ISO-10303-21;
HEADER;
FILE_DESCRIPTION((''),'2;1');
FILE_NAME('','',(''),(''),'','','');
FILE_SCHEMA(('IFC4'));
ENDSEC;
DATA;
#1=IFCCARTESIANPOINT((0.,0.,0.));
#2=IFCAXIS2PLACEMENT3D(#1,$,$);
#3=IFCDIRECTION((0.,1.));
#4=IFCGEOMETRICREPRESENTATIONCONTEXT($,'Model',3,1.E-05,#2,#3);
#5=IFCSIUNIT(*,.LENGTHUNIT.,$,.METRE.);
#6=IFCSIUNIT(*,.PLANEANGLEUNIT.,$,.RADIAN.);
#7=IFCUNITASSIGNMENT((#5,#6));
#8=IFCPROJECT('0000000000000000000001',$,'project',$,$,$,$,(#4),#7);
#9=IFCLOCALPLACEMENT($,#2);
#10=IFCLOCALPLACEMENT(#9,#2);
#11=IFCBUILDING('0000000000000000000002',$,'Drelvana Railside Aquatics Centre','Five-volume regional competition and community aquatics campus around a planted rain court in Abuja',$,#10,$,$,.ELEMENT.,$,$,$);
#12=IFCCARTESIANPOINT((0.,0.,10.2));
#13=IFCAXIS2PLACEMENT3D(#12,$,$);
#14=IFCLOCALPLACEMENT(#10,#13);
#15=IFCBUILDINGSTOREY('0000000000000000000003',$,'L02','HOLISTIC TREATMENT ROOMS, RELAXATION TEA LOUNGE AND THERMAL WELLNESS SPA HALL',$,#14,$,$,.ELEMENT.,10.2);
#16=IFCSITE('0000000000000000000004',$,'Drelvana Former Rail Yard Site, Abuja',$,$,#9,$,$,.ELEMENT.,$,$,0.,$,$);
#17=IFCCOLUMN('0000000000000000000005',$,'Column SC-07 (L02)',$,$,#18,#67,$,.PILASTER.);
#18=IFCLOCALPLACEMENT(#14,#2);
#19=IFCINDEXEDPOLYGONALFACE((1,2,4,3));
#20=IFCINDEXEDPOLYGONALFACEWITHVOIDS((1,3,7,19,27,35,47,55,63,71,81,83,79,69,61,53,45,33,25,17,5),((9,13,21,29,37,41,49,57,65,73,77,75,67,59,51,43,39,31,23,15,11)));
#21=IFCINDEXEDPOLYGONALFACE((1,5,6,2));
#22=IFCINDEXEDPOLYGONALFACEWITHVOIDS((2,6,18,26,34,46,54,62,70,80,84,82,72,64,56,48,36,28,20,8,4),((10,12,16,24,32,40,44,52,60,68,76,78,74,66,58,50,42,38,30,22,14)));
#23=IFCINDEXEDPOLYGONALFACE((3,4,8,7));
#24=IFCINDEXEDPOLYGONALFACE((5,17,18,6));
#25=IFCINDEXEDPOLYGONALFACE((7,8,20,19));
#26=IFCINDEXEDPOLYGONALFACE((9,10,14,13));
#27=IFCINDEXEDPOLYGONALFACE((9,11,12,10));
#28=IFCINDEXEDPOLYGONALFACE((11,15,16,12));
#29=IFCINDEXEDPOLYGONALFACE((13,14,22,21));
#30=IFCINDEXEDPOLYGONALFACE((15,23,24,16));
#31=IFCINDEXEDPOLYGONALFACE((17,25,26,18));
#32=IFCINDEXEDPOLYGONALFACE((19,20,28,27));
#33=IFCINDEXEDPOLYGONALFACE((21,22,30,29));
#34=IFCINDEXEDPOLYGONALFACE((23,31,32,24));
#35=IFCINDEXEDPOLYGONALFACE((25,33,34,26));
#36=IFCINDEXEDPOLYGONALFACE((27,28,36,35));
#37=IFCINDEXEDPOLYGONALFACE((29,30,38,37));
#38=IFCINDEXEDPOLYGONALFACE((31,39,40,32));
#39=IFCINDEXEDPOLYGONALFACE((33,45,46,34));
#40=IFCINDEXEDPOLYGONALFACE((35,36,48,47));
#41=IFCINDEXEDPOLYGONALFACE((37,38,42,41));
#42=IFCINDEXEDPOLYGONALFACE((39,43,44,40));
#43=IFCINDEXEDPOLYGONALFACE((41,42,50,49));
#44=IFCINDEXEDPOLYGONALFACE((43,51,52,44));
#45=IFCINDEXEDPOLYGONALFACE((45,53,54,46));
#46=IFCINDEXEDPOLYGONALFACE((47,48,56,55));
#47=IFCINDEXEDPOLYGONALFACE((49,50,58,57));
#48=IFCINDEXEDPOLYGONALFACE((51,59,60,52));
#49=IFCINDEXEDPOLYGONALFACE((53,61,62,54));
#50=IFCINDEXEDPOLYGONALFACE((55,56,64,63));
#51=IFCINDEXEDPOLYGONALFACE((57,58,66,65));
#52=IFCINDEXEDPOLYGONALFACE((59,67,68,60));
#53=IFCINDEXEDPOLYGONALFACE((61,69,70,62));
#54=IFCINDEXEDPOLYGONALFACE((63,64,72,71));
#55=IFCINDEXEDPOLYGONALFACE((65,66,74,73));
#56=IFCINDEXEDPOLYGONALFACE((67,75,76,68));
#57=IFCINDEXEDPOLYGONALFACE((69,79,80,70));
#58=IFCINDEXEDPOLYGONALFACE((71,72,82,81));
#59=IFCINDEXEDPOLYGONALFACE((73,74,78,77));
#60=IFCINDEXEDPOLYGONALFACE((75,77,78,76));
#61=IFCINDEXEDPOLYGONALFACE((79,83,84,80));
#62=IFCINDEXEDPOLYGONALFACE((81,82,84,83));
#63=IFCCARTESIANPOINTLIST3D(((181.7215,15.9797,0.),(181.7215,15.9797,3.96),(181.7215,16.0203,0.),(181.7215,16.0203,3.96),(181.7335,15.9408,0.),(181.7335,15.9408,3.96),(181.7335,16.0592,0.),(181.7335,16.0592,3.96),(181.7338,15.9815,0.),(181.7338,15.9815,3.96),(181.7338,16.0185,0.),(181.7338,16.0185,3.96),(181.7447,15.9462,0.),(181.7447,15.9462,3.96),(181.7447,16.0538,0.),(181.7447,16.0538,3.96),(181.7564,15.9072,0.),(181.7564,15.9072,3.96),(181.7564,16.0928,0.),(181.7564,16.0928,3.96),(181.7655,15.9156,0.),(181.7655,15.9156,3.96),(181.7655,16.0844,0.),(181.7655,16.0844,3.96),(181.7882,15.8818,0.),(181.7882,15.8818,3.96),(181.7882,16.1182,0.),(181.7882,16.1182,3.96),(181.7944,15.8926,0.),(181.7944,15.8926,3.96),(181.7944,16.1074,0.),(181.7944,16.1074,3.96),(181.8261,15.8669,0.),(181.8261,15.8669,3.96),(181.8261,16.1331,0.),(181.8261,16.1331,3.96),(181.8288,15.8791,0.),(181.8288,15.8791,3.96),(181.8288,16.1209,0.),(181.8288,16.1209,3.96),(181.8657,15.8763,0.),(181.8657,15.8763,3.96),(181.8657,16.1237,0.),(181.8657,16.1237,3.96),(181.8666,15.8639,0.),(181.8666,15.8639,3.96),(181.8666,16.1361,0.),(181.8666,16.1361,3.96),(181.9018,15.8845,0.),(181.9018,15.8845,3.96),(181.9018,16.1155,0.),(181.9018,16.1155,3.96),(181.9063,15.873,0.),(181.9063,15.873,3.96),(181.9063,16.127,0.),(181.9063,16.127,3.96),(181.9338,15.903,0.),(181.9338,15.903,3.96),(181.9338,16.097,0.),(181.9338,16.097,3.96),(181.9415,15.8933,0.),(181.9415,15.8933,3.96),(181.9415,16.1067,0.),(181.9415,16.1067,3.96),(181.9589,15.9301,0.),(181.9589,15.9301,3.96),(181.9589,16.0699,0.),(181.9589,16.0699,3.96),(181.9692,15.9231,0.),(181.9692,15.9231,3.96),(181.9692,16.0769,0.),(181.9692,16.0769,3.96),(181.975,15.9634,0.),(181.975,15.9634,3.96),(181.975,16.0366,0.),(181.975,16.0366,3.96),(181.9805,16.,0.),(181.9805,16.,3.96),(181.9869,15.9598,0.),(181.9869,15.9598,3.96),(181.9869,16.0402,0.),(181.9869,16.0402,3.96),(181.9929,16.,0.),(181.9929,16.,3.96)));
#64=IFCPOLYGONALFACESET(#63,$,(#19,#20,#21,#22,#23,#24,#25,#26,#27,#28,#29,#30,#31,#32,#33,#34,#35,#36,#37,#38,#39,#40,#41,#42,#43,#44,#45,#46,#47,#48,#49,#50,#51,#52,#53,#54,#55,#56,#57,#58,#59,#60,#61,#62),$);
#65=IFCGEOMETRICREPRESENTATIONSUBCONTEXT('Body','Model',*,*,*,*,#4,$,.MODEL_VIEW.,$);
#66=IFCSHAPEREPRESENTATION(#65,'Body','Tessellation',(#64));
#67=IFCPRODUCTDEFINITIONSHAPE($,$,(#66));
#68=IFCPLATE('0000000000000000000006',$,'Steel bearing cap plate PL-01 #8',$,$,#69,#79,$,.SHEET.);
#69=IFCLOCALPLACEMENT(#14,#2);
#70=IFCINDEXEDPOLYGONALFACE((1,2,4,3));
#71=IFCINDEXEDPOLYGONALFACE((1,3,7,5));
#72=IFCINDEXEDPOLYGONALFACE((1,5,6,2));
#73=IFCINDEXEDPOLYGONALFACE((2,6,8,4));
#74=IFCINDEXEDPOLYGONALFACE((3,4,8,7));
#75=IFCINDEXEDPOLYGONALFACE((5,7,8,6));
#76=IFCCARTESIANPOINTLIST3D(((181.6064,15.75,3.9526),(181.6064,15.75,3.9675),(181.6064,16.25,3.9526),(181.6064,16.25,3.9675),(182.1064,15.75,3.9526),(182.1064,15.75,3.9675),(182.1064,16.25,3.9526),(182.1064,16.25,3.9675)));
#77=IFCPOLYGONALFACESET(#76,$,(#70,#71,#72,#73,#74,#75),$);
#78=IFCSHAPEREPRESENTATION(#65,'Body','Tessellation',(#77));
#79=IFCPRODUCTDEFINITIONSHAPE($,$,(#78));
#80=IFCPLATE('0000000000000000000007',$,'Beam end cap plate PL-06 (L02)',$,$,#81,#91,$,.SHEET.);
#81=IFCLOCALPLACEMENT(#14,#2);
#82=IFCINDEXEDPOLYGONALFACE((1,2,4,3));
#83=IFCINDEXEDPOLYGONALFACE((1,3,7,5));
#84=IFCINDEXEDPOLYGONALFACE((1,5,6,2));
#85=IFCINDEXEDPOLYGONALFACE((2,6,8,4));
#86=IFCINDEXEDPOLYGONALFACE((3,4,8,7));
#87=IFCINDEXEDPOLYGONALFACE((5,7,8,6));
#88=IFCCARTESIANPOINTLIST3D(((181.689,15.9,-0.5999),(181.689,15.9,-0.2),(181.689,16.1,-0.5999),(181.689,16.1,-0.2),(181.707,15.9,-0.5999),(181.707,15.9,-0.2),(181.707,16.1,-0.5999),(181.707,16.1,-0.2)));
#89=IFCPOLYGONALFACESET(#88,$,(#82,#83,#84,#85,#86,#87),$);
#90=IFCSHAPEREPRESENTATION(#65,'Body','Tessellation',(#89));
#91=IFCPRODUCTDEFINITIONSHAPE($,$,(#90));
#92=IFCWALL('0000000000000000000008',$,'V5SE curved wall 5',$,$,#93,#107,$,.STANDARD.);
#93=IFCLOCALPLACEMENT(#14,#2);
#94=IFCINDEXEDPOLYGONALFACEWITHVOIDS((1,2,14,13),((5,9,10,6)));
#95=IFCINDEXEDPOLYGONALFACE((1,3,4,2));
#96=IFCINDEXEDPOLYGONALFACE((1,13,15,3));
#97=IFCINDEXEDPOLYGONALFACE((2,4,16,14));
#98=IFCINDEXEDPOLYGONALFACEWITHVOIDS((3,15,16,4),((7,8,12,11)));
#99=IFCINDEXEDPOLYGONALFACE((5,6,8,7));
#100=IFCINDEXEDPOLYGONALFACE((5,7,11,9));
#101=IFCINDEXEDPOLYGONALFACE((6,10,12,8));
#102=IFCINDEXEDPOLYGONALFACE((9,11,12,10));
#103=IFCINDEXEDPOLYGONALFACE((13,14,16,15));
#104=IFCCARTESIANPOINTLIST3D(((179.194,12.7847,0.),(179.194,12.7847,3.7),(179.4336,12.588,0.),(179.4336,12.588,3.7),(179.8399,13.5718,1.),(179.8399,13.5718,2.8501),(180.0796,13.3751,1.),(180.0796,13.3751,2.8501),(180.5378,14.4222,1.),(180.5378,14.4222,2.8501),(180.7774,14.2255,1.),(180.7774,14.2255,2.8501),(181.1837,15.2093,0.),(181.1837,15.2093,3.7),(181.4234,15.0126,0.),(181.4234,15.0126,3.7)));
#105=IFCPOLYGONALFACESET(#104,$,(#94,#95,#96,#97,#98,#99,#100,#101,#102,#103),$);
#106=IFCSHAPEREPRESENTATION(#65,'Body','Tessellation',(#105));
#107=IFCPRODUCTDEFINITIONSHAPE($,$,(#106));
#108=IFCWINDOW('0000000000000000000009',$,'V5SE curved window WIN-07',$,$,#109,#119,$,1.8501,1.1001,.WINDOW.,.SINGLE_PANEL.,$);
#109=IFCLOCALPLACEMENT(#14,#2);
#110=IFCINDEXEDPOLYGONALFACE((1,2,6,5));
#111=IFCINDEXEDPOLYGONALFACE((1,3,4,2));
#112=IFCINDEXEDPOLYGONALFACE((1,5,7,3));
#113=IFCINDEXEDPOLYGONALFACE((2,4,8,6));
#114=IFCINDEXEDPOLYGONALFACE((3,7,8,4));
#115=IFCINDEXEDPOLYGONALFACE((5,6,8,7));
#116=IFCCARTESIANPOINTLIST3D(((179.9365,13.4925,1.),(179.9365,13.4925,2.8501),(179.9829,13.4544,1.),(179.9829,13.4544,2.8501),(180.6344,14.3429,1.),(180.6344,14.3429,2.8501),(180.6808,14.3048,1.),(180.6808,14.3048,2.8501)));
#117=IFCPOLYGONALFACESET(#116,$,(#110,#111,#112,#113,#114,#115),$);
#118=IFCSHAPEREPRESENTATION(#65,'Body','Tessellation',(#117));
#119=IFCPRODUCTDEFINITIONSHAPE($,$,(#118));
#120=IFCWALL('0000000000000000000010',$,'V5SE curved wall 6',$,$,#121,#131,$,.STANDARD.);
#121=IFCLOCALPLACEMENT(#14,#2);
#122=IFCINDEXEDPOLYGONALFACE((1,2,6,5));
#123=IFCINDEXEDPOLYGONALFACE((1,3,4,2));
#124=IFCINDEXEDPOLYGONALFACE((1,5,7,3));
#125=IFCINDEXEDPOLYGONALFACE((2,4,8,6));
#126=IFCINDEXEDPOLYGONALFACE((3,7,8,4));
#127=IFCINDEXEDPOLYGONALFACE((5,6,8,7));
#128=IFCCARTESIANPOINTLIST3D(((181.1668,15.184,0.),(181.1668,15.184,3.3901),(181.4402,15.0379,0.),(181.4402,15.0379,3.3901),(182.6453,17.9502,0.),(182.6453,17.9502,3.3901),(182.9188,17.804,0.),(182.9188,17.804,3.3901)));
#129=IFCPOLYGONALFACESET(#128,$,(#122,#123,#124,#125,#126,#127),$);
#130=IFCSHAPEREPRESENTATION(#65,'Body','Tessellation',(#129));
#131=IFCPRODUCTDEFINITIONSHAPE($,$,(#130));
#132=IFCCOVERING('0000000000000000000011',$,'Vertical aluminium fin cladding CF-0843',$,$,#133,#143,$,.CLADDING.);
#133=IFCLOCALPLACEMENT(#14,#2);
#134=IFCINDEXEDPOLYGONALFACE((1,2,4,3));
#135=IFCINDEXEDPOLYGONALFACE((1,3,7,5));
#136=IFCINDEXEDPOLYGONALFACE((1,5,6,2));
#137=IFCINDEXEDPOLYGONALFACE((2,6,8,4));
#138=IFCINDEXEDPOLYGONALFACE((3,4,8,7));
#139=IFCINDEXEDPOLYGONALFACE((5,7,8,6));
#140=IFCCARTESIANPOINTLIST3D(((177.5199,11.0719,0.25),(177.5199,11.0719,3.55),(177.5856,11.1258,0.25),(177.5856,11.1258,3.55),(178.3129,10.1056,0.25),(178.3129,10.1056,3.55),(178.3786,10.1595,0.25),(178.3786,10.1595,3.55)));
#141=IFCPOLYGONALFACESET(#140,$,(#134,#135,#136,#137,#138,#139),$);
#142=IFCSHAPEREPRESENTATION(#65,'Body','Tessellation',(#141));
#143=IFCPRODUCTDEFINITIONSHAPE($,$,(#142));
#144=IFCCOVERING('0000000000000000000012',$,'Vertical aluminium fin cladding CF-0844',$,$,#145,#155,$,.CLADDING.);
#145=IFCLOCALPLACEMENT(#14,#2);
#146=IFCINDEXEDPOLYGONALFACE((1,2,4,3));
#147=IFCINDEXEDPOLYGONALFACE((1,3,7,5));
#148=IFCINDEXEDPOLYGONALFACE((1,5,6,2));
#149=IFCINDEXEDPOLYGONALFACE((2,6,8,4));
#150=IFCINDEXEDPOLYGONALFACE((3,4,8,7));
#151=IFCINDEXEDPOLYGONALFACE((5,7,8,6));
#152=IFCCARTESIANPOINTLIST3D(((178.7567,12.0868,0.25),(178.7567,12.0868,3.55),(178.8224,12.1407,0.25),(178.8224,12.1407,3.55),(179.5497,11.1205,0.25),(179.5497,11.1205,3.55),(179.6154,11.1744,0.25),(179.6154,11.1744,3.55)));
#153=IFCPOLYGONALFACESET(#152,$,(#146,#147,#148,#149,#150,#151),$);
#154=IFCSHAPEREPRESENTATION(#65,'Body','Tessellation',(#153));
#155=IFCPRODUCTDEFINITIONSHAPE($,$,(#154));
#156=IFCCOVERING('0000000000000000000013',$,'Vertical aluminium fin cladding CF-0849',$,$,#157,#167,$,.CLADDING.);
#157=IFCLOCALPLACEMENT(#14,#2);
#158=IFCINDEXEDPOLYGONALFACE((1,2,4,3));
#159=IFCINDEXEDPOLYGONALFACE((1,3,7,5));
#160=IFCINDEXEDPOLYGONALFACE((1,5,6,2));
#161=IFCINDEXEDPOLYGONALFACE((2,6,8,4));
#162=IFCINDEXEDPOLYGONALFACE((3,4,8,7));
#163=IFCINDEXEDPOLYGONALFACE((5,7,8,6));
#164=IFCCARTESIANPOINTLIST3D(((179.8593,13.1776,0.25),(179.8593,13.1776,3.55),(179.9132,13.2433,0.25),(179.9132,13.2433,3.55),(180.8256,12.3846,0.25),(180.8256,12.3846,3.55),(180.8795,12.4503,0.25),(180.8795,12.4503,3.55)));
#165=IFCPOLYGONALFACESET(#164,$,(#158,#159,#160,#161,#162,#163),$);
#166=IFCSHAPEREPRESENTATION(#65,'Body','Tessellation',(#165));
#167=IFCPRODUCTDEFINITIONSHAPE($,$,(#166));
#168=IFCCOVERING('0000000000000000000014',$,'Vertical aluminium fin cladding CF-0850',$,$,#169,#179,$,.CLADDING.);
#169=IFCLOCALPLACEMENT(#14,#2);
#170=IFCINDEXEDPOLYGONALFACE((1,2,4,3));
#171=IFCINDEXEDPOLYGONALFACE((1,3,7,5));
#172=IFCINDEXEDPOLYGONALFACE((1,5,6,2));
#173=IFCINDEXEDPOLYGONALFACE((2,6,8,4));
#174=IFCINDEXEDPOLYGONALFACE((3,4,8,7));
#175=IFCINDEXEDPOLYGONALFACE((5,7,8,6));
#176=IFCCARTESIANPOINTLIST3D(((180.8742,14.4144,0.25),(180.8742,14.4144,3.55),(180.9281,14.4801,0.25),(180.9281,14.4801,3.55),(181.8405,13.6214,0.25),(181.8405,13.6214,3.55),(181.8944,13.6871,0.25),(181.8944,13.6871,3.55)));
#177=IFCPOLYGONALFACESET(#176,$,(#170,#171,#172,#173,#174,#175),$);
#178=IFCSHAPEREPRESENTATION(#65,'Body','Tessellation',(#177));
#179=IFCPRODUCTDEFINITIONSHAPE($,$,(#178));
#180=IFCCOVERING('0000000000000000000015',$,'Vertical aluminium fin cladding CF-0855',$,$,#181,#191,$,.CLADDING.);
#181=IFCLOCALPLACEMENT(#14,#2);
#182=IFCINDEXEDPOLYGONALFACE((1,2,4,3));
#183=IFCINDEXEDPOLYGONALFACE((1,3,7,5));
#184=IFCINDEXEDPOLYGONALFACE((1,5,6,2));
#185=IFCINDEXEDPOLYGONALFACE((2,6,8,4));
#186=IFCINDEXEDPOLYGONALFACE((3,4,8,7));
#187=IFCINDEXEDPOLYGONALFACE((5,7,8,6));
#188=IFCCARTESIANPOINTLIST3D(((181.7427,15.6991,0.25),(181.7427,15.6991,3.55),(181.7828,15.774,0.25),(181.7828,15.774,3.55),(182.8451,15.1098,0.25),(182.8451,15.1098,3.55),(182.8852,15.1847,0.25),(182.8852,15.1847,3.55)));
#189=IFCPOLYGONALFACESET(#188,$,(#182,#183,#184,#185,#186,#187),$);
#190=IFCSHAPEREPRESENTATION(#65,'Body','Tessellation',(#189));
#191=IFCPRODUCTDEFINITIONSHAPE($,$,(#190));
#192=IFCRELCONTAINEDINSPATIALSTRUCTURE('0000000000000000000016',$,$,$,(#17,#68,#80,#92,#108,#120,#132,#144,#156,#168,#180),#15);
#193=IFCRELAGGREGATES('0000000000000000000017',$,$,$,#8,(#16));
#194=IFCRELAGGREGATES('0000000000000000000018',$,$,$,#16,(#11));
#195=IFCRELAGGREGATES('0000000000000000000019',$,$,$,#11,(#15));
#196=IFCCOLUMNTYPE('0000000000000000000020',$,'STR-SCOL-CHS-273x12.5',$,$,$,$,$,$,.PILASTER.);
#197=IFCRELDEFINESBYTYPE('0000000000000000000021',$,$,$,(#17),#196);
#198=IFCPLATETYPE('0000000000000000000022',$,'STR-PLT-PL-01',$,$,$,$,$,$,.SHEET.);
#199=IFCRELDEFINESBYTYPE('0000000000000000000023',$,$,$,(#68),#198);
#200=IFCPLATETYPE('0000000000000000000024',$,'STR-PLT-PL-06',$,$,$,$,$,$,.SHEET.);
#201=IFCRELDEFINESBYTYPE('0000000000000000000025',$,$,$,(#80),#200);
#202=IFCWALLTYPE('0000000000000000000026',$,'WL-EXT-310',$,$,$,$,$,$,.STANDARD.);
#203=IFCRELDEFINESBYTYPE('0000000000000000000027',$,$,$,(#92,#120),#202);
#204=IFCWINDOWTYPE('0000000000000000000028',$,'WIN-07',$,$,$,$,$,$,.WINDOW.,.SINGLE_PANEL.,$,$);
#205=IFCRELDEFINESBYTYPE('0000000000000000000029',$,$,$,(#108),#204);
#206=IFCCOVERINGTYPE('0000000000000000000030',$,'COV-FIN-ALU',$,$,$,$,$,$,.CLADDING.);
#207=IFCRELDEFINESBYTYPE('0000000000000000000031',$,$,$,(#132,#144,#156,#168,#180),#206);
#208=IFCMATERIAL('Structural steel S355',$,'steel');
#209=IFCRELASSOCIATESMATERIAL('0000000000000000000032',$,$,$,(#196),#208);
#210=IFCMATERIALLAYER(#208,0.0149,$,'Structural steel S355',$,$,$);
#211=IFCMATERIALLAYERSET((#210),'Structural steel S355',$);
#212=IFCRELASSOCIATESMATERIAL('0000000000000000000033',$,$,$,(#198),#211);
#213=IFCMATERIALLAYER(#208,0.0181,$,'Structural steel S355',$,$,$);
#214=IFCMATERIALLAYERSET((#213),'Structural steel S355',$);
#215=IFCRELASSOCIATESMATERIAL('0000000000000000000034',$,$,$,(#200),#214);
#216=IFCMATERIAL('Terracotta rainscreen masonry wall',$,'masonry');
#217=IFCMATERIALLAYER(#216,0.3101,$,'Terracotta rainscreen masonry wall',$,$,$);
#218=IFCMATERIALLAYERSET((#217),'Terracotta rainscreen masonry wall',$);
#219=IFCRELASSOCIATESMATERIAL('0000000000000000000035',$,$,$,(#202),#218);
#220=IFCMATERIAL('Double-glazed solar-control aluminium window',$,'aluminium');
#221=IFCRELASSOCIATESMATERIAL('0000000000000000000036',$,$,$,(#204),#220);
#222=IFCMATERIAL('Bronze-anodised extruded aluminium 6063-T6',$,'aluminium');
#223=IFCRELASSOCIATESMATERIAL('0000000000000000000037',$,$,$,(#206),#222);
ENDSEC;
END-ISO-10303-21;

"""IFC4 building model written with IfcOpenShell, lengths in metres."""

from ifc_helpers import new_model, si_unit, direction, frame, frame_2d, origin, origin_2d, place, context, subcontext, project, spatial, rectangle, hollow_circle, extrude, material, layer, layer_set, material_profile, profile_set, type_object, element, fill, save


model = new_model("IFC4")

# Units and contexts
model_context = context("Model", 3, precision=1e-05, world=origin(), true_north=direction((0.0, 1.0)))
body_context = subcontext(model_context, "Body", "Model", "MODEL_VIEW")
ifc_project = project(units=[si_unit("LENGTHUNIT", "METRE"), si_unit("PLANEANGLEUNIT", "RADIAN")], contexts=[model_context])

# Site, building, storey
site_placement = place(None, origin())
site = spatial("IfcSite", under=ifc_project, at=site_placement, Name="Drelvana Former Rail Yard Site, Abuja", CompositionType="ELEMENT", RefElevation=0.0)
building_placement = place(site_placement, origin())
building = spatial("IfcBuilding", under=site, at=building_placement, Name="Drelvana Railside Aquatics Centre", Description="Five-volume regional competition and community aquatics campus around a planted rain court in Abuja", CompositionType="ELEMENT")
storey_placement = place(building_placement, frame((0.0, 0.0, 10.2)))
storey = spatial("IfcBuildingStorey", under=building, at=storey_placement, Name="L02", Description="HOLISTIC TREATMENT ROOMS, RELAXATION TEA LOUNGE AND THERMAL WELLNESS SPA HALL", CompositionType="ELEMENT", Elevation=10.2)

# Column
ifc_material_1 = material(Name="Structural steel S355", Category="steel")
ifc_material_profile = material_profile(ifc_material_1, hollow_circle(Radius=0.1365, WallThickness=0.0125, at=origin_2d()), Name="CHS 273x12.5")
ifc_profile_set = profile_set([ifc_material_profile], Name="Structural steel S355")
column_type = type_object("IfcColumnType", Name="STR-SCOL-CHS-273x12.5", PredefinedType="PILASTER", material=ifc_profile_set)
column_placement = place(storey_placement, frame((181.8564, 16.0, 0.0), z_axis=(0.0, 0.0, 1.0), x_axis=(1.0, 0.0, 0.0)))
element("IfcColumn", 1, at=column_placement, inside=storey, type_object=column_type, Name="Column SC-07 (L02)", PredefinedType="PILASTER", context=body_context, shape_type="SweptSolid", body=[
    extrude(hollow_circle(Radius=0.1365, WallThickness=0.0125, at=origin_2d()), origin(), (0.0, 0.0, 1.0), 3.96),
])

# Plates
ifc_layer_1 = layer(ifc_material_1, 0.0149, Name="Structural steel S355")
ifc_layer_set_1 = layer_set([ifc_layer_1], Name="Structural steel S355")
plate_type_1 = type_object("IfcPlateType", Name="STR-PLT-PL-01", PredefinedType="SHEET", material=ifc_layer_set_1)
plate_1_placement = place(storey_placement, frame((181.8564, 16.0, 3.9526), z_axis=(0.0, 0.0, 1.0), x_axis=(1.0, 0.0, 0.0)))
element("IfcPlate", 2, at=plate_1_placement, inside=storey, type_object=plate_type_1, Name="Steel bearing cap plate PL-01 #8", PredefinedType="SHEET", context=body_context, shape_type="SweptSolid", body=[
    extrude(rectangle(XDim=0.5, YDim=0.5, at=origin_2d()), origin(), (0.0, 0.0, 1.0), 0.0149),
])
ifc_layer_2 = layer(ifc_material_1, 0.0181, Name="Structural steel S355")
ifc_layer_set_2 = layer_set([ifc_layer_2], Name="Structural steel S355")
plate_type_2 = type_object("IfcPlateType", Name="STR-PLT-PL-06", PredefinedType="SHEET", material=ifc_layer_set_2)
plate_2_placement = place(storey_placement, frame((181.698, 16.0, -0.5999), z_axis=(0.0, 0.0, 1.0), x_axis=(1.0, 0.0, 0.0)))
element("IfcPlate", 3, at=plate_2_placement, inside=storey, type_object=plate_type_2, Name="Beam end cap plate PL-06 (L02)", PredefinedType="SHEET", context=body_context, shape_type="SweptSolid", body=[
    extrude(rectangle(XDim=0.0181, YDim=0.2, at=origin_2d()), origin(), (0.0, 0.0, 1.0), 0.3999),
])

# Wall, opening, window
ifc_material_2 = material(Name="Terracotta rainscreen masonry wall", Category="masonry")
ifc_layer_3 = layer(ifc_material_2, 0.3101, Name="Terracotta rainscreen masonry wall")
ifc_layer_set_3 = layer_set([ifc_layer_3], Name="Terracotta rainscreen masonry wall")
wall_type = type_object("IfcWallType", Name="WL-EXT-310", PredefinedType="STANDARD", material=ifc_layer_set_3)
wall_1_placement = place(storey_placement, frame((179.3137, 12.6863, 0.0), z_axis=(0.0, 0.0, 1.0), x_axis=(0.634386, 0.773017, 0.0)))
wall_1 = element("IfcWall", 4, at=wall_1_placement, inside=storey, type_object=wall_type, Name="V5SE curved wall 5", PredefinedType="STANDARD", context=body_context, shape_type="SweptSolid", body=[
    extrude(rectangle(XDim=3.1365, YDim=0.3101, at=frame_2d((1.5684, 0.0))), origin(), (0.0, 0.0, 1.0), 3.7),
])
opening_placement = place(wall_1_placement, frame((1.0183, 0.0, 1.0)))
opening = element("IfcOpeningElement", 5, at=opening_placement, cuts=wall_1, PredefinedType="OPENING", context=body_context, shape_type="SweptSolid", body=[
    extrude(rectangle(XDim=1.1001, YDim=1.8501, at=frame_2d((0.55, 0.925))), frame((0.0, 0.165, 0.0), z_axis=(0.0, -1.0, 0.0), x_axis=(1.0, 0.0, 0.0)), (0.0, 0.0, 1.0), 0.3301),
])
ifc_material_3 = material(Name="Double-glazed solar-control aluminium window", Category="aluminium")
window_type = type_object("IfcWindowType", Name="WIN-07", PartitioningType="SINGLE_PANEL", PredefinedType="WINDOW", material=ifc_material_3)
window_placement = place(opening_placement, origin())
window = element("IfcWindow", 6, at=window_placement, inside=storey, type_object=window_type, Name="V5SE curved window WIN-07", OverallHeight=1.8501, OverallWidth=1.1001, PartitioningType="SINGLE_PANEL", PredefinedType="WINDOW", context=body_context, shape_type="SweptSolid", body=[
    extrude(rectangle(XDim=1.1001, YDim=1.8501, at=frame_2d((0.55, 0.925))), frame((0.0, 0.03, 0.0), z_axis=(0.0, -1.0, 0.0), x_axis=(1.0, 0.0, 0.0)), (0.0, 0.0, 1.0), 0.0601),
])
fill(opening, window)

# Wall
wall_2_placement = place(storey_placement, frame((181.3035, 15.1108, 0.0), z_axis=(0.0, 0.0, 1.0), x_axis=(0.471396, 0.881922, 0.0)))
element("IfcWall", 7, at=wall_2_placement, inside=storey, type_object=wall_type, Name="V5SE curved wall 6", PredefinedType="STANDARD", context=body_context, shape_type="SweptSolid", body=[
    extrude(rectangle(XDim=3.1365, YDim=0.3101, at=frame_2d((1.5684, 0.0))), origin(), (0.0, 0.0, 1.0), 3.3901),
])

# Coverings
ifc_material_4 = material(Name="Bronze-anodised extruded aluminium 6063-T6", Category="aluminium")
covering_type = type_object("IfcCoveringType", Name="COV-FIN-ALU", PredefinedType="CLADDING", material=ifc_material_4)
for number, where, z_axis, x_axis, name in (
    (8, (177.9492, 10.6157, 0.25), (0.0, 0.0, 1.0), (-0.77301, -0.634393, 0.0), "Vertical aluminium fin cladding CF-0843"),
    (9, (179.186, 11.6306, 0.25), (0.0, 0.0, 1.0), (-0.77301, -0.634393, 0.0), "Vertical aluminium fin cladding CF-0844"),
    (10, (180.3694, 12.814, 0.25), (0.0, 0.0, 1.0), (-0.634393, -0.77301, 0.0), "Vertical aluminium fin cladding CF-0849"),
    (11, (181.3843, 14.0508, 0.25), (0.0, 0.0, 1.0), (-0.634393, -0.77301, 0.0), "Vertical aluminium fin cladding CF-0850"),
    (12, (182.314, 15.4419, 0.25), (0.0, 0.0, 1.0), (-0.471397, -0.881921, 0.0), "Vertical aluminium fin cladding CF-0855"),
):
    element("IfcCovering", number, at=place(storey_placement, frame(where, z_axis=z_axis, x_axis=x_axis)), inside=storey, type_object=covering_type, Name=name, PredefinedType="CLADDING", context=body_context, shape_type="SweptSolid", body=[
        extrude(rectangle(XDim=0.085, YDim=1.25, at=origin_2d()), origin(), (0.0, 0.0, 1.0), 3.3),
    ])

save(model, "model.ifc")
